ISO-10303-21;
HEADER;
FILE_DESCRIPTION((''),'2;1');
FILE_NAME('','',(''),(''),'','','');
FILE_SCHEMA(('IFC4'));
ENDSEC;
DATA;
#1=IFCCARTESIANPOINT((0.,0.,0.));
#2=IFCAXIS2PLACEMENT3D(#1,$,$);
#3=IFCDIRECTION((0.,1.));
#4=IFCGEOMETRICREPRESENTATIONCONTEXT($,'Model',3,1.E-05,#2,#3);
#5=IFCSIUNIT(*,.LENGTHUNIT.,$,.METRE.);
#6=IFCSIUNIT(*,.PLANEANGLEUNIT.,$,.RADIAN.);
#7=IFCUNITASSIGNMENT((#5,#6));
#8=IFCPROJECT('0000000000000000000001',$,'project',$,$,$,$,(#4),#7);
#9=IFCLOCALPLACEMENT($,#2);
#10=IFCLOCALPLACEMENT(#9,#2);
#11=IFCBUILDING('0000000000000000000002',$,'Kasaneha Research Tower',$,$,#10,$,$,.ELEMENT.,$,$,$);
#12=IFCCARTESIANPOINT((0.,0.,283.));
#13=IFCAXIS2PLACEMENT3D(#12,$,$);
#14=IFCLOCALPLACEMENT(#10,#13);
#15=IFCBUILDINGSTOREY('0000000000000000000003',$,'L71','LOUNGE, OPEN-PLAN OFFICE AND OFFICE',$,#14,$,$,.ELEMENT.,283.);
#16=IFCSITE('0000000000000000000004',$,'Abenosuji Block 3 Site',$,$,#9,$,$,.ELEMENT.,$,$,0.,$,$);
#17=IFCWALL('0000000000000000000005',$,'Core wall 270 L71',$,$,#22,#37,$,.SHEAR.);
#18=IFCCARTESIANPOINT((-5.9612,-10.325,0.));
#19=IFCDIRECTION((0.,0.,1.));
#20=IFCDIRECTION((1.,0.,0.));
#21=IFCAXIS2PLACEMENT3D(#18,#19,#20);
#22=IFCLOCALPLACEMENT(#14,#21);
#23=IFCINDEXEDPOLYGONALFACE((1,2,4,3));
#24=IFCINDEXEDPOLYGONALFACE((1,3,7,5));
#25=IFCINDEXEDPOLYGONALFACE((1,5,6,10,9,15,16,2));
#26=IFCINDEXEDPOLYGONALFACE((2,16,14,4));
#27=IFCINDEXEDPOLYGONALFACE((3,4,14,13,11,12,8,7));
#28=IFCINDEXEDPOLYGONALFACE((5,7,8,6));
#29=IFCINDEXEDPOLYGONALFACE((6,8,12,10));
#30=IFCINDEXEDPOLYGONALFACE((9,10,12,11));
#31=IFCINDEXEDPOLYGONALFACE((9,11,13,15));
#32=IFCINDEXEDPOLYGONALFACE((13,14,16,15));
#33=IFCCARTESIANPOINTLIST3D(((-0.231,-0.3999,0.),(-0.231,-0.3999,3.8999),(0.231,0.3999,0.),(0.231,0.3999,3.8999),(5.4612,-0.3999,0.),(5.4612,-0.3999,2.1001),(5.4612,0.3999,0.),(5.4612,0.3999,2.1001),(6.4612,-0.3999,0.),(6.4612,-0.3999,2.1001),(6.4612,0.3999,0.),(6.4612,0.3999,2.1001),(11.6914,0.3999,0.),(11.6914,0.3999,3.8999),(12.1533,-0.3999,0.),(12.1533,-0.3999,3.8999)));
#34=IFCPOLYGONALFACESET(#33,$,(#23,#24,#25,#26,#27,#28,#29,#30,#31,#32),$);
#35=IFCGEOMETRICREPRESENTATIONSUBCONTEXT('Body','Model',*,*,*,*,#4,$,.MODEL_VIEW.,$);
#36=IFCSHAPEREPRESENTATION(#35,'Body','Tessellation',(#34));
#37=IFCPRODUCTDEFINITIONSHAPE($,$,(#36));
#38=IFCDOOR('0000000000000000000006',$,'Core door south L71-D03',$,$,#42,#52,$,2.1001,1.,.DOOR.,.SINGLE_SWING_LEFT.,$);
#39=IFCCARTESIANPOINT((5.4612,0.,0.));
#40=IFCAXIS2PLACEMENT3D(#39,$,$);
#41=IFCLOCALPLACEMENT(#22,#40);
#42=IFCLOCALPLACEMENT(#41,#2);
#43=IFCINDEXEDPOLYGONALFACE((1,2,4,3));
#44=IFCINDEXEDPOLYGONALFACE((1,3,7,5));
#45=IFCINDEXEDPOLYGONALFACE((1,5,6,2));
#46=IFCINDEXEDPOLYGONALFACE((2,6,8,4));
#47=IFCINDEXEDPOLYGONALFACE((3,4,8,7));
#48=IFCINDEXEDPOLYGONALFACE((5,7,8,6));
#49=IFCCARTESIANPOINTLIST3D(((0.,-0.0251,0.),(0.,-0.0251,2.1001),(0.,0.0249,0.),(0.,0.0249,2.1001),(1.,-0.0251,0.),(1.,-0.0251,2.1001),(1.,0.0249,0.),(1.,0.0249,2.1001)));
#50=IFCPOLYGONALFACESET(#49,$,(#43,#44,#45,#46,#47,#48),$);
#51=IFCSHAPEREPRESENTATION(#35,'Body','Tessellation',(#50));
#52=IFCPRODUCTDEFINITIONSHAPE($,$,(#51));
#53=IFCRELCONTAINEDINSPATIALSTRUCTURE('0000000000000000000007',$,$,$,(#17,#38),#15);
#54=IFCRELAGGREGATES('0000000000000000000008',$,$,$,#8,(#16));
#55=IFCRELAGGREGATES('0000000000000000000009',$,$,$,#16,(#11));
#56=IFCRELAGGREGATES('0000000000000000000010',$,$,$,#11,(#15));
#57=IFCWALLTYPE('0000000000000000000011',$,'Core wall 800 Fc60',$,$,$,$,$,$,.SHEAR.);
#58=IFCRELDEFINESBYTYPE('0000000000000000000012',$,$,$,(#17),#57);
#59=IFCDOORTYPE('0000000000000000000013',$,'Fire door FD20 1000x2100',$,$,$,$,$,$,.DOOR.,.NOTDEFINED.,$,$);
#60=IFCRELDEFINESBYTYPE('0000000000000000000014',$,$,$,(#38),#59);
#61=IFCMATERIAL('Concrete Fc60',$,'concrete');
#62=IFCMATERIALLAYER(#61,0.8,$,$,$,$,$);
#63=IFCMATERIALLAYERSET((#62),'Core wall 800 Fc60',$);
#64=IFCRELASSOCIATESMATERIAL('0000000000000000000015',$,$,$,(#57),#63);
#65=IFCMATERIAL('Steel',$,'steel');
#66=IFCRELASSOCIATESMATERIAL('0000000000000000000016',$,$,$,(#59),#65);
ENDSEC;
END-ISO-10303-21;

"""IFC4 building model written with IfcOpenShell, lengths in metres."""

from ifc_helpers import new_model, si_unit, direction, frame, frame_2d, origin, place, context, subcontext, project, spatial, polyline, rectangle, outline, extrude, material, layer, layer_set, type_object, element, fill, save


model = new_model("IFC4")

# Units and contexts
model_context = context("Model", 3, precision=1e-05, world=origin(), true_north=direction((0.0, 1.0)))
body_context = subcontext(model_context, "Body", "Model", "MODEL_VIEW")
ifc_project = project(units=[si_unit("LENGTHUNIT", "METRE"), si_unit("PLANEANGLEUNIT", "RADIAN")], contexts=[model_context])

# Site, building, storey
site_placement = place(None, origin())
site = spatial("IfcSite", under=ifc_project, at=site_placement, Name="Abenosuji Block 3 Site", CompositionType="ELEMENT", RefElevation=0.0)
building_placement = place(site_placement, origin())
building = spatial("IfcBuilding", under=site, at=building_placement, Name="Kasaneha Research Tower", CompositionType="ELEMENT")
storey_placement = place(building_placement, frame((0.0, 0.0, 283.0)))
storey = spatial("IfcBuildingStorey", under=building, at=storey_placement, Name="L71", Description="LOUNGE, OPEN-PLAN OFFICE AND OFFICE", CompositionType="ELEMENT", Elevation=283.0)

# Wall, opening, door
ifc_material_1 = material(Name="Concrete Fc60", Category="concrete")
ifc_layer_1 = layer(ifc_material_1, 0.8)
ifc_layer_set_1 = layer_set([ifc_layer_1], Name="Core wall 800 Fc60")
wall_type_1 = type_object("IfcWallType", Name="Core wall 800 Fc60", PredefinedType="SHEAR", material=ifc_layer_set_1)
wall_1_placement = place(storey_placement, frame((-5.9612, -10.325, 0.0), z_axis=(0.0, 0.0, 1.0), x_axis=(1.0, 0.0, 0.0)))
wall_1 = element("IfcWall", 1, at=wall_1_placement, inside=storey, type_object=wall_type_1, Name="Core wall 270 L71", PredefinedType="SHEAR", context=body_context, shape_type="SweptSolid", body=[
    extrude(outline(polyline([(-0.231, -0.3999), (5.4612, -0.3999), (6.4612, -0.3999), (12.1533, -0.3999), (11.6914, 0.3999), (6.4612, 0.3999), (5.4612, 0.3999), (0.231, 0.3999), (-0.231, -0.3999)])), origin(), (0.0, 0.0, 1.0), 3.8999),
])
opening_1_placement = place(wall_1_placement, frame((5.4612, 0.0, 0.0)))
opening_1 = element("IfcOpeningElement", 2, at=opening_1_placement, cuts=wall_1, PredefinedType="OPENING", context=body_context, shape_type="SweptSolid", body=[
    extrude(rectangle(XDim=1.0, YDim=2.1001, at=frame_2d((0.5, 1.05))), frame((0.0, 0.4102, 0.0), z_axis=(0.0, -1.0, 0.0), x_axis=(1.0, 0.0, 0.0)), (0.0, 0.0, 1.0), 0.8201),
])
ifc_material_2 = material(Name="Steel", Category="steel")
door_type_1 = type_object("IfcDoorType", Name="Fire door FD20 1000x2100", OperationType="NOTDEFINED", PredefinedType="DOOR", material=ifc_material_2)
door_1_placement = place(opening_1_placement, origin())
door_1 = element("IfcDoor", 3, at=door_1_placement, inside=storey, type_object=door_type_1, Name="Core door south L71-D03", OperationType="SINGLE_SWING_LEFT", OverallHeight=2.1001, OverallWidth=1.0, PredefinedType="DOOR", context=body_context, shape_type="SweptSolid", body=[
    extrude(rectangle(XDim=1.0, YDim=2.1001, at=frame_2d((0.5, 1.05))), frame((0.0, 0.0249, 0.0), z_axis=(0.0, -1.0, 0.0), x_axis=(1.0, 0.0, 0.0)), (0.0, 0.0, 1.0), 0.05),
])
fill(opening_1, door_1)

save(model, "model.ifc")
